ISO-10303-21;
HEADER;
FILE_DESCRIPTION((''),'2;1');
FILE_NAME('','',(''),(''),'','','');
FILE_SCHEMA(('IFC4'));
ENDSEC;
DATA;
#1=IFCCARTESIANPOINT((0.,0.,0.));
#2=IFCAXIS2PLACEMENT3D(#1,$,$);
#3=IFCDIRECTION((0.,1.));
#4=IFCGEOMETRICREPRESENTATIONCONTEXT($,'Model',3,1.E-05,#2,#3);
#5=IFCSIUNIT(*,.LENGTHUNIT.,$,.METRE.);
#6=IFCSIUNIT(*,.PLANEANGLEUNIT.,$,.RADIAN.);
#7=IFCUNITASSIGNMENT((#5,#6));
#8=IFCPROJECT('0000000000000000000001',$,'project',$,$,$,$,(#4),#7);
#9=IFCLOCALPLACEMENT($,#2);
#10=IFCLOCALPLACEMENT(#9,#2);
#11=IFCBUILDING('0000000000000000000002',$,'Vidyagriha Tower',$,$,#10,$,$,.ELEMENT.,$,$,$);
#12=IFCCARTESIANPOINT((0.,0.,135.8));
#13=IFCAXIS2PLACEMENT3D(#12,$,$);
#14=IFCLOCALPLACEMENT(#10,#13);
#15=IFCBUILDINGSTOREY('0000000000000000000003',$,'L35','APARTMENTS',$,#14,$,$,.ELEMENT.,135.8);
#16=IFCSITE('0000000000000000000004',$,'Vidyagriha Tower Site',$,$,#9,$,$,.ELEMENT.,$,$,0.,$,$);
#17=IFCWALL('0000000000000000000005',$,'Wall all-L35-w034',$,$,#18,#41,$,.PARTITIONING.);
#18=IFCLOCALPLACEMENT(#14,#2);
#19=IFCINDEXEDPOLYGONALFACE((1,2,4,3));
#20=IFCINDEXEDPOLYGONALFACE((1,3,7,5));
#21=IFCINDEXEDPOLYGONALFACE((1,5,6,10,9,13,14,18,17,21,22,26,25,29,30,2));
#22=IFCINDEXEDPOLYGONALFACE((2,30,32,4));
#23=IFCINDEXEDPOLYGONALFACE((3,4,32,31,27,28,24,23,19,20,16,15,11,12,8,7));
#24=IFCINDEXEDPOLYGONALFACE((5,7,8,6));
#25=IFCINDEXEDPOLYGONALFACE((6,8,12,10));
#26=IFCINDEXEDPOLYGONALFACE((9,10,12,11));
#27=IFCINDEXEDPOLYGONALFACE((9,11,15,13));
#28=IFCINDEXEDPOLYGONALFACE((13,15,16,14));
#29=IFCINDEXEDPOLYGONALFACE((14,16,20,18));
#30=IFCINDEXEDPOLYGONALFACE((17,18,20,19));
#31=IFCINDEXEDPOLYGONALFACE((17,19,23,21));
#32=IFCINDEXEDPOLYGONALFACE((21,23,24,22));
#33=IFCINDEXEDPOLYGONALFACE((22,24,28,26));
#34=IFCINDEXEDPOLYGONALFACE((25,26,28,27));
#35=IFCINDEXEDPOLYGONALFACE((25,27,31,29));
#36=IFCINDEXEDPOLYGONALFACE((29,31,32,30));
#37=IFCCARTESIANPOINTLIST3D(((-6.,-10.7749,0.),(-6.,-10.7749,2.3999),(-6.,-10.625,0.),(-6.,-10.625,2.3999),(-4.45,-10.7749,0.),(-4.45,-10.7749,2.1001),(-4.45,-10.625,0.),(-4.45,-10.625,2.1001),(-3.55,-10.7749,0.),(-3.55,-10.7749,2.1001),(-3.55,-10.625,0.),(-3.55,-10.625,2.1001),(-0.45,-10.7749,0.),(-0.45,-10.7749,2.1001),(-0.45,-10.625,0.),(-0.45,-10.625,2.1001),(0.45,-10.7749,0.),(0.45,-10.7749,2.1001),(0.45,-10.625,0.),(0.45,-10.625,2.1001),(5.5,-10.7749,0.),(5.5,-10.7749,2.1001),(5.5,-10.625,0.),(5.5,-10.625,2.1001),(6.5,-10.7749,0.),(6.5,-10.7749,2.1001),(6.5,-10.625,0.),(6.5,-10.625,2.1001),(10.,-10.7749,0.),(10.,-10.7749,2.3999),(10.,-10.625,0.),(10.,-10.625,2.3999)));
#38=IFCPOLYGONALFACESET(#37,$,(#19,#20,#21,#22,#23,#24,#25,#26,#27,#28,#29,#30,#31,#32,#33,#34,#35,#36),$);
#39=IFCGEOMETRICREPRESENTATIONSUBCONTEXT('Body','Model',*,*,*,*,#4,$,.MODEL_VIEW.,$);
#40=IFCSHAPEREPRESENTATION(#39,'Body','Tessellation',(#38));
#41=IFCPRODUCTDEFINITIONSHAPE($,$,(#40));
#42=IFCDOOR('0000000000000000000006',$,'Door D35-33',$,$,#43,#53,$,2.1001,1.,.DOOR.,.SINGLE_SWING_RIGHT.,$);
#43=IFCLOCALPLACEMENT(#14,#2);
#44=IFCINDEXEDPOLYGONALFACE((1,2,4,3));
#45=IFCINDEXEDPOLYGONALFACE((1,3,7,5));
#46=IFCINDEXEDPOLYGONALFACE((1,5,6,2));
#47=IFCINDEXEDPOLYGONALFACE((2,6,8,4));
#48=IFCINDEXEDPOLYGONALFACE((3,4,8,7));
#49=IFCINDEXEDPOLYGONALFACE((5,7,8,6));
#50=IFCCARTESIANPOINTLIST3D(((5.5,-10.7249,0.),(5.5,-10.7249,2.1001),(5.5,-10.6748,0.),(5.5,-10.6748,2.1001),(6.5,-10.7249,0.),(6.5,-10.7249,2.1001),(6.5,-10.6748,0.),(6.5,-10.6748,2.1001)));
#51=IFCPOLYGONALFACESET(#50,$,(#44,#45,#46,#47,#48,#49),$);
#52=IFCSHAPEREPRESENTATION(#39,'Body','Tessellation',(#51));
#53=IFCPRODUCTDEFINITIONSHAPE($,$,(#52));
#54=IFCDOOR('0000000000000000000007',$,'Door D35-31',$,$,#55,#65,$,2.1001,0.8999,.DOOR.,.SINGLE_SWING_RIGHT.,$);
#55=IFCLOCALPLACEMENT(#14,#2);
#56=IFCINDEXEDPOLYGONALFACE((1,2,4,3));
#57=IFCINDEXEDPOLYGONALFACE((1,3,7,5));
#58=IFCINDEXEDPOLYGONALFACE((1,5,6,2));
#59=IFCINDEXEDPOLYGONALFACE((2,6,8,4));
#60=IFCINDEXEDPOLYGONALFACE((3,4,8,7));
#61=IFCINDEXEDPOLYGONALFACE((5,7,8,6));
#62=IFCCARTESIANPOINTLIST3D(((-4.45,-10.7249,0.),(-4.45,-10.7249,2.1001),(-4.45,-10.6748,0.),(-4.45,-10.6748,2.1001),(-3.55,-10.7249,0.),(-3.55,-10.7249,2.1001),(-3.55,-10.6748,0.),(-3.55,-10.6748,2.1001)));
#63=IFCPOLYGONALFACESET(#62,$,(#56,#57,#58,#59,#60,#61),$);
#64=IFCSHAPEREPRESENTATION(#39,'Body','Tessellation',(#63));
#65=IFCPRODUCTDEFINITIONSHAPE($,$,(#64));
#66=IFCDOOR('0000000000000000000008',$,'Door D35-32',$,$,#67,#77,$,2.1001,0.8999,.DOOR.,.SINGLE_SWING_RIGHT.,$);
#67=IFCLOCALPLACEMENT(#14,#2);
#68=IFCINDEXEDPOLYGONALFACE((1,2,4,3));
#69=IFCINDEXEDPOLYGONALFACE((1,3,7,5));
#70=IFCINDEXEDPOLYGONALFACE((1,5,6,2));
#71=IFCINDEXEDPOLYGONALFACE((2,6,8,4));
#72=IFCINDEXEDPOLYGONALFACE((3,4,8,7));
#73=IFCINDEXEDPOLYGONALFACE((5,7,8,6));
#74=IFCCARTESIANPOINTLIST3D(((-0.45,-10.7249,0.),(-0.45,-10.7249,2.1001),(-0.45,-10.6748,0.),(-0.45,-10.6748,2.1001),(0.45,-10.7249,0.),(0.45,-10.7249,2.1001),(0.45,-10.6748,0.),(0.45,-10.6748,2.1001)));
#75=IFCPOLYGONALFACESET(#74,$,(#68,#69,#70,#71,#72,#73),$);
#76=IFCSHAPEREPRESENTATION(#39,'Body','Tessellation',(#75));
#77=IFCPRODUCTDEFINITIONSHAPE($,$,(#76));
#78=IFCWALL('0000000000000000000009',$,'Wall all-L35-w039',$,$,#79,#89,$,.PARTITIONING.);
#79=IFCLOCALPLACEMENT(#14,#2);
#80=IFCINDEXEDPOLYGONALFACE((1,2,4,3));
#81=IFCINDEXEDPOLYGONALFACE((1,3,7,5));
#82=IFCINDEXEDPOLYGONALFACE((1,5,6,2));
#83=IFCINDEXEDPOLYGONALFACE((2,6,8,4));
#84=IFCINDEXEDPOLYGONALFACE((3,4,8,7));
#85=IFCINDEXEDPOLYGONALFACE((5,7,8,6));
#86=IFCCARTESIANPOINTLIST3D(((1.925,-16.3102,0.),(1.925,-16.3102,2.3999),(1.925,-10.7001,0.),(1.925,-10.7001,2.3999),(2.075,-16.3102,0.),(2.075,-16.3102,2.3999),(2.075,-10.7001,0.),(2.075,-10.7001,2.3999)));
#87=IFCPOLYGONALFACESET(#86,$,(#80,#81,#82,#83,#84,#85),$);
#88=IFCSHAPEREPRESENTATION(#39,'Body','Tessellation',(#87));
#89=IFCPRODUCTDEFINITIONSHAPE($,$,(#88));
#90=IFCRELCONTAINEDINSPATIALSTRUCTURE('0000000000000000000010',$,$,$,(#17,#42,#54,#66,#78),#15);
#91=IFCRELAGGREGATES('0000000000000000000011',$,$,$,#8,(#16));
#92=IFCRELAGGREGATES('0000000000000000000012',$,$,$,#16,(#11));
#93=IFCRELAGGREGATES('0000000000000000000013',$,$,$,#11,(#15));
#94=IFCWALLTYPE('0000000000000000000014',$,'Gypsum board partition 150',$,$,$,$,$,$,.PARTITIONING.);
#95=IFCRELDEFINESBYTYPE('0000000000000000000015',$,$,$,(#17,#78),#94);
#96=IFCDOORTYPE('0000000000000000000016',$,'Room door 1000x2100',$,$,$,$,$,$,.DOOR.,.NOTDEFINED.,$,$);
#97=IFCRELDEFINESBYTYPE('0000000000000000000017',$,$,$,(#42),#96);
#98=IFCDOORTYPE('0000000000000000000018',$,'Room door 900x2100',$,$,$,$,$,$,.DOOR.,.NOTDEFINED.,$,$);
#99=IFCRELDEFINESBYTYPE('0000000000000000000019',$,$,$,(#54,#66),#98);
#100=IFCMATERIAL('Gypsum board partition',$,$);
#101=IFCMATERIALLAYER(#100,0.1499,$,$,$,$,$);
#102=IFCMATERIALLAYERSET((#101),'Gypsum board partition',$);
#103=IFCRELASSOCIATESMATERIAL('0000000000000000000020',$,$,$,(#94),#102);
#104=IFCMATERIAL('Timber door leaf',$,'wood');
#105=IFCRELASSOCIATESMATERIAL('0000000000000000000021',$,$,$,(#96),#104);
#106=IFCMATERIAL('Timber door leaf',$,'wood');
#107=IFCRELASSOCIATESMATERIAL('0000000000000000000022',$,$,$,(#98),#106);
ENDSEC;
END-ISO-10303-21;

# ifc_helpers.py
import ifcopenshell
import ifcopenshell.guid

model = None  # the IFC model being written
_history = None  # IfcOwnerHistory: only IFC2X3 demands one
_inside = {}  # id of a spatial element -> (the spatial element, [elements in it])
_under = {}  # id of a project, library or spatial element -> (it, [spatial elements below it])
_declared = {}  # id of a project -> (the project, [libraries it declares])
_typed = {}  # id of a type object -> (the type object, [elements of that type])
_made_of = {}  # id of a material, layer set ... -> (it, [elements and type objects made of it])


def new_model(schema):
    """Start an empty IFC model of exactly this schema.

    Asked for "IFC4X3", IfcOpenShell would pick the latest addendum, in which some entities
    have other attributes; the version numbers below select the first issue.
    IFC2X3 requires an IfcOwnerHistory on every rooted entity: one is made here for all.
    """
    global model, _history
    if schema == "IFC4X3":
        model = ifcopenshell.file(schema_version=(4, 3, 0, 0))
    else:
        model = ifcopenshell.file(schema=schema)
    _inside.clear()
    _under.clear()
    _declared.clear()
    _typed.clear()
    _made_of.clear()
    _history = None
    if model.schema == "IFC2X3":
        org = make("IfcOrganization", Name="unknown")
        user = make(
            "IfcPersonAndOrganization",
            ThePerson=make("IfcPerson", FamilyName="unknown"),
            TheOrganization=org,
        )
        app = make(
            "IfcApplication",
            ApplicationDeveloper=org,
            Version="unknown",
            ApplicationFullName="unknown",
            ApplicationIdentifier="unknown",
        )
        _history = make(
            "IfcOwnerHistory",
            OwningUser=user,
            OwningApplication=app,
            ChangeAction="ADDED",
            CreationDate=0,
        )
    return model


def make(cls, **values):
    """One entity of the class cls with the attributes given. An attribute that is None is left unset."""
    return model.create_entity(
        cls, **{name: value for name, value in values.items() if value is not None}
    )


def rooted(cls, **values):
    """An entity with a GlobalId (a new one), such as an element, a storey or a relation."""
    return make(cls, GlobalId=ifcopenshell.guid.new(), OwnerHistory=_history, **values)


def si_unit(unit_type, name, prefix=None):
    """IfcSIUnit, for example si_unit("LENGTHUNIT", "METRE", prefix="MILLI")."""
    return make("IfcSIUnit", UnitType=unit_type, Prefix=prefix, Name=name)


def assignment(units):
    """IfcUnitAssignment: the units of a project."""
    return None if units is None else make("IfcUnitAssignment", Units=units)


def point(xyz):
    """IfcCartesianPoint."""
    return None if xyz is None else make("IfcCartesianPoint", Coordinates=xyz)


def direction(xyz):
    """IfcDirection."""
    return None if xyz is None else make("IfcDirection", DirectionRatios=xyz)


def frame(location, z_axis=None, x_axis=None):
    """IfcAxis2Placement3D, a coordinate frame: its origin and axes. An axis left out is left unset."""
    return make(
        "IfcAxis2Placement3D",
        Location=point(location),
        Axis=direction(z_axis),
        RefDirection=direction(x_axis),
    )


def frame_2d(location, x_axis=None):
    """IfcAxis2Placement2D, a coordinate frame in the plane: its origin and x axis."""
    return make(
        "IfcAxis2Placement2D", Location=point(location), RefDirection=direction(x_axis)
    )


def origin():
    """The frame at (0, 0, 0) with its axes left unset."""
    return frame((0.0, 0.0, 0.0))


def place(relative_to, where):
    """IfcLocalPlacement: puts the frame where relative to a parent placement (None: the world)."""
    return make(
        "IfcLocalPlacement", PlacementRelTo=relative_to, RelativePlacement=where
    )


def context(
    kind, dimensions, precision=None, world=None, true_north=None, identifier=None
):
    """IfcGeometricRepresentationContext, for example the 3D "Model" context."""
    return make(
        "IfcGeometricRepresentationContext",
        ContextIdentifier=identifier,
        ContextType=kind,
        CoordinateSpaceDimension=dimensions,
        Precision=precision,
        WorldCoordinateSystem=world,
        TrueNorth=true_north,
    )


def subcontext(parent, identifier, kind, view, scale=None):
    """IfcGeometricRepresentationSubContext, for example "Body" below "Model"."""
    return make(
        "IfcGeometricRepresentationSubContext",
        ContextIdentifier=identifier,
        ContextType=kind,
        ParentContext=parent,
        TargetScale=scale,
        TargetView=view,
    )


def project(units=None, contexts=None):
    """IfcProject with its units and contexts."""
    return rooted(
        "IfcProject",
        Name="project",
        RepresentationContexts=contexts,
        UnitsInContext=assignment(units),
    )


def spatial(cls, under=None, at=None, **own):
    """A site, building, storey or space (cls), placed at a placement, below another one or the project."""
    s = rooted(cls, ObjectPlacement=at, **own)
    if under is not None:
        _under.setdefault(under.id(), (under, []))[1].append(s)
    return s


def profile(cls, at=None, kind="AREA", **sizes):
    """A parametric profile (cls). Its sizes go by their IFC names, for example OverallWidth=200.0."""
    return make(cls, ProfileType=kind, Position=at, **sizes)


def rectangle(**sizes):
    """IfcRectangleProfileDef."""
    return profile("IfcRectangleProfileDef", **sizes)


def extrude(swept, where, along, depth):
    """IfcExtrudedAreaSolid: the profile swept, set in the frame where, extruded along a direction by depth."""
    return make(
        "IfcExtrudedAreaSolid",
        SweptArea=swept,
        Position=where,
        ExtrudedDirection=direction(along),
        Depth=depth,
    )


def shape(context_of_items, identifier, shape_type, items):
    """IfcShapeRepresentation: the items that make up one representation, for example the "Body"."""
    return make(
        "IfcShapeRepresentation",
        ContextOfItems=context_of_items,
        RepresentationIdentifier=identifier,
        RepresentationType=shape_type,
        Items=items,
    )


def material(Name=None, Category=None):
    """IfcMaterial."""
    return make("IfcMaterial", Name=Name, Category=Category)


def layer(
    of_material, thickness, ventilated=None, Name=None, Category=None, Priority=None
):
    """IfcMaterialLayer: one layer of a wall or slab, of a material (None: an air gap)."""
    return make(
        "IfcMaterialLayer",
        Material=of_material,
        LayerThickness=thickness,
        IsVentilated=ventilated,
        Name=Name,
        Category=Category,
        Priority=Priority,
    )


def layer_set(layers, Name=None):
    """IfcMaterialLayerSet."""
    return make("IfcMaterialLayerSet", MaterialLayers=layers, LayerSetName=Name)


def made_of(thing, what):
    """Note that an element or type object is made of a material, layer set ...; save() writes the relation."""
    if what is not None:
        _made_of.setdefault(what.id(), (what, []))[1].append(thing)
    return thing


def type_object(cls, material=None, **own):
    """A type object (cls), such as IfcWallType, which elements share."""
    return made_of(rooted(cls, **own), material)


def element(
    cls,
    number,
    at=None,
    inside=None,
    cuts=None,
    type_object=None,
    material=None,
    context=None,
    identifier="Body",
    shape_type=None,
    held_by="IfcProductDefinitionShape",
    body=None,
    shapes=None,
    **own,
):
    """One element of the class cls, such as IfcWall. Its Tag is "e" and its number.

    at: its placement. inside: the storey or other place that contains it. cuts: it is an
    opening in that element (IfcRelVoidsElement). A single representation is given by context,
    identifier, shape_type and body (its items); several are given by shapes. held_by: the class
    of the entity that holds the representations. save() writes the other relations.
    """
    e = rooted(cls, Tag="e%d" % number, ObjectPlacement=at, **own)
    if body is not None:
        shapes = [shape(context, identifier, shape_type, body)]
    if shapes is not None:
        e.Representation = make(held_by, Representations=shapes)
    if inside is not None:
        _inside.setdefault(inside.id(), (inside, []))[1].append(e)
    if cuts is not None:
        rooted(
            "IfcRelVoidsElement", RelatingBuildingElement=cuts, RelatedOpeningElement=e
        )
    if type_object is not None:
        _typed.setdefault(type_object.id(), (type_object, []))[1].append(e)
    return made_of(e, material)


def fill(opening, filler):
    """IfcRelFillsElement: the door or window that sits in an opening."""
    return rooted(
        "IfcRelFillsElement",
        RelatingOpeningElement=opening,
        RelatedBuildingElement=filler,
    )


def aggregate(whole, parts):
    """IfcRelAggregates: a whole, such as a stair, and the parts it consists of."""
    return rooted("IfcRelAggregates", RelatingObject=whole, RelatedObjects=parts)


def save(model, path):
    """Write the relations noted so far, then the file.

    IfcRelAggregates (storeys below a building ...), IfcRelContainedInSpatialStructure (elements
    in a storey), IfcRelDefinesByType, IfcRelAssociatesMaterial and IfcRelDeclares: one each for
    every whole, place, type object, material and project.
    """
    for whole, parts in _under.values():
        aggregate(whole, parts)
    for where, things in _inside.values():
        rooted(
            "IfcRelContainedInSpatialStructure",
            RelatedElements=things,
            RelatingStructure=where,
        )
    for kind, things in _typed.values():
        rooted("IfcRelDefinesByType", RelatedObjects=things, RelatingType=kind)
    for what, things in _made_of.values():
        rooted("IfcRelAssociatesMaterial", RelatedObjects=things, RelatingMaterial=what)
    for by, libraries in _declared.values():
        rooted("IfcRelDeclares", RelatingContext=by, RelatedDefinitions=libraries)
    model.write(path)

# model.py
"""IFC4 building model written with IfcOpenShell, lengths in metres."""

from ifc_helpers import new_model, si_unit, direction, frame, frame_2d, origin, place, context, subcontext, project, spatial, rectangle, extrude, material, layer, layer_set, type_object, element, fill, save


model = new_model("IFC4")

# Units and contexts
model_context = context("Model", 3, precision=1e-05, world=origin(), true_north=direction((0.0, 1.0)))
body_context = subcontext(model_context, "Body", "Model", "MODEL_VIEW")
ifc_project = project(units=[si_unit("LENGTHUNIT", "METRE"), si_unit("PLANEANGLEUNIT", "RADIAN")], contexts=[model_context])

# Site, building, storey
site_placement = place(None, origin())
site = spatial("IfcSite", under=ifc_project, at=site_placement, Name="Vidyagriha Tower Site", CompositionType="ELEMENT", RefElevation=0.0)
building_placement = place(site_placement, origin())
building = spatial("IfcBuilding", under=site, at=building_placement, Name="Vidyagriha Tower", CompositionType="ELEMENT")
storey_placement = place(building_placement, frame((0.0, 0.0, 135.8)))
storey = spatial("IfcBuildingStorey", under=building, at=storey_placement, Name="L35", Description="APARTMENTS", CompositionType="ELEMENT", Elevation=135.8)

# Shared definitions
ifc_material_1 = material(Name="Gypsum board partition")
ifc_layer_1 = layer(ifc_material_1, 0.1499)
ifc_layer_set_1 = layer_set([ifc_layer_1], Name="Gypsum board partition")
wall_type = type_object("IfcWallType", Name="Gypsum board partition 150", PredefinedType="PARTITIONING", material=ifc_layer_set_1)

# Wall, openings, doors
wall_1_placement = place(storey_placement, frame((10.0, -10.7, 0.0), z_axis=(0.0, 0.0, 1.0), x_axis=(-1.0, 0.0, 0.0)))
wall_1 = element("IfcWall", 1, at=wall_1_placement, inside=storey, type_object=wall_type, Name="Wall all-L35-w034", PredefinedType="PARTITIONING", context=body_context, shape_type="SweptSolid", body=[
    extrude(rectangle(XDim=16.0, YDim=0.1499, at=frame_2d((8.0, 0.0))), origin(), (0.0, 0.0, 1.0), 2.3999),
])
opening_1_placement = place(wall_1_placement, frame((13.55, 0.0, 0.0)))
opening_1 = element("IfcOpeningElement", 2, at=opening_1_placement, cuts=wall_1, PredefinedType="OPENING", context=body_context, shape_type="SweptSolid", body=[
    extrude(rectangle(XDim=0.8999, YDim=2.1001, at=frame_2d((0.45, 1.05))), frame((0.0, 0.085, 0.0), z_axis=(0.0, -1.0, 0.0), x_axis=(1.0, 0.0, 0.0)), (0.0, 0.0, 1.0), 0.1699),
])
opening_2_placement = place(wall_1_placement, frame((9.55, 0.0, 0.0)))
opening_2 = element("IfcOpeningElement", 3, at=opening_2_placement, cuts=wall_1, PredefinedType="OPENING", context=body_context, shape_type="SweptSolid", body=[
    extrude(rectangle(XDim=0.8999, YDim=2.1001, at=frame_2d((0.45, 1.05))), frame((0.0, 0.085, 0.0), z_axis=(0.0, -1.0, 0.0), x_axis=(1.0, 0.0, 0.0)), (0.0, 0.0, 1.0), 0.1699),
])
opening_3_placement = place(wall_1_placement, frame((3.5, 0.0, 0.0)))
opening_3 = element("IfcOpeningElement", 4, at=opening_3_placement, cuts=wall_1, PredefinedType="OPENING", context=body_context, shape_type="SweptSolid", body=[
    extrude(rectangle(XDim=1.0, YDim=2.1001, at=frame_2d((0.5, 1.05))), frame((0.0, 0.085, 0.0), z_axis=(0.0, -1.0, 0.0), x_axis=(1.0, 0.0, 0.0)), (0.0, 0.0, 1.0), 0.1699),
])
ifc_material_2 = material(Name="Timber door leaf", Category="wood")
door_type_1 = type_object("IfcDoorType", Name="Room door 1000x2100", OperationType="NOTDEFINED", PredefinedType="DOOR", material=ifc_material_2)
door_1_placement = place(opening_3_placement, origin())
door_1 = element("IfcDoor", 5, at=door_1_placement, inside=storey, type_object=door_type_1, Name="Door D35-33", OperationType="SINGLE_SWING_RIGHT", OverallHeight=2.1001, OverallWidth=1.0, PredefinedType="DOOR", context=body_context, shape_type="SweptSolid", body=[
    extrude(rectangle(XDim=1.0, YDim=2.1001, at=frame_2d((0.5, 1.05))), frame((0.0, 0.0249, 0.0), z_axis=(0.0, -1.0, 0.0), x_axis=(1.0, 0.0, 0.0)), (0.0, 0.0, 1.0), 0.05),
])
fill(opening_3, door_1)
ifc_material_3 = material(Name="Timber door leaf", Category="wood")
door_type_2 = type_object("IfcDoorType", Name="Room door 900x2100", OperationType="NOTDEFINED", PredefinedType="DOOR", material=ifc_material_3)
door_2_placement = place(opening_1_placement, origin())
door_2 = element("IfcDoor", 6, at=door_2_placement, inside=storey, type_object=door_type_2, Name="Door D35-31", OperationType="SINGLE_SWING_RIGHT", OverallHeight=2.1001, OverallWidth=0.8999, PredefinedType="DOOR", context=body_context, shape_type="SweptSolid", body=[
    extrude(rectangle(XDim=0.8999, YDim=2.1001, at=frame_2d((0.45, 1.05))), frame((0.0, 0.0249, 0.0), z_axis=(0.0, -1.0, 0.0), x_axis=(1.0, 0.0, 0.0)), (0.0, 0.0, 1.0), 0.05),
])
fill(opening_1, door_2)
door_3_placement = place(opening_2_placement, origin())
door_3 = element("IfcDoor", 7, at=door_3_placement, inside=storey, type_object=door_type_2, Name="Door D35-32", OperationType="SINGLE_SWING_RIGHT", OverallHeight=2.1001, OverallWidth=0.8999, PredefinedType="DOOR", context=body_context, shape_type="SweptSolid", body=[
    extrude(rectangle(XDim=0.8999, YDim=2.1001, at=frame_2d((0.45, 1.05))), frame((0.0, 0.0249, 0.0), z_axis=(0.0, -1.0, 0.0), x_axis=(1.0, 0.0, 0.0)), (0.0, 0.0, 1.0), 0.05),
])
fill(opening_2, door_3)

# Wall
wall_2_placement = place(storey_placement, frame((2.0, -10.7, 0.0), z_axis=(0.0, 0.0, 1.0), x_axis=(0.0, -1.0, 0.0)))
element("IfcWall", 8, at=wall_2_placement, inside=storey, type_object=wall_type, Name="Wall all-L35-w039", PredefinedType="PARTITIONING", context=body_context, shape_type="SweptSolid", body=[
    extrude(rectangle(XDim=5.6101, YDim=0.1499, at=frame_2d((2.8052, 0.0))), origin(), (0.0, 0.0, 1.0), 2.3999),
])

save(model, "model.ifc")
